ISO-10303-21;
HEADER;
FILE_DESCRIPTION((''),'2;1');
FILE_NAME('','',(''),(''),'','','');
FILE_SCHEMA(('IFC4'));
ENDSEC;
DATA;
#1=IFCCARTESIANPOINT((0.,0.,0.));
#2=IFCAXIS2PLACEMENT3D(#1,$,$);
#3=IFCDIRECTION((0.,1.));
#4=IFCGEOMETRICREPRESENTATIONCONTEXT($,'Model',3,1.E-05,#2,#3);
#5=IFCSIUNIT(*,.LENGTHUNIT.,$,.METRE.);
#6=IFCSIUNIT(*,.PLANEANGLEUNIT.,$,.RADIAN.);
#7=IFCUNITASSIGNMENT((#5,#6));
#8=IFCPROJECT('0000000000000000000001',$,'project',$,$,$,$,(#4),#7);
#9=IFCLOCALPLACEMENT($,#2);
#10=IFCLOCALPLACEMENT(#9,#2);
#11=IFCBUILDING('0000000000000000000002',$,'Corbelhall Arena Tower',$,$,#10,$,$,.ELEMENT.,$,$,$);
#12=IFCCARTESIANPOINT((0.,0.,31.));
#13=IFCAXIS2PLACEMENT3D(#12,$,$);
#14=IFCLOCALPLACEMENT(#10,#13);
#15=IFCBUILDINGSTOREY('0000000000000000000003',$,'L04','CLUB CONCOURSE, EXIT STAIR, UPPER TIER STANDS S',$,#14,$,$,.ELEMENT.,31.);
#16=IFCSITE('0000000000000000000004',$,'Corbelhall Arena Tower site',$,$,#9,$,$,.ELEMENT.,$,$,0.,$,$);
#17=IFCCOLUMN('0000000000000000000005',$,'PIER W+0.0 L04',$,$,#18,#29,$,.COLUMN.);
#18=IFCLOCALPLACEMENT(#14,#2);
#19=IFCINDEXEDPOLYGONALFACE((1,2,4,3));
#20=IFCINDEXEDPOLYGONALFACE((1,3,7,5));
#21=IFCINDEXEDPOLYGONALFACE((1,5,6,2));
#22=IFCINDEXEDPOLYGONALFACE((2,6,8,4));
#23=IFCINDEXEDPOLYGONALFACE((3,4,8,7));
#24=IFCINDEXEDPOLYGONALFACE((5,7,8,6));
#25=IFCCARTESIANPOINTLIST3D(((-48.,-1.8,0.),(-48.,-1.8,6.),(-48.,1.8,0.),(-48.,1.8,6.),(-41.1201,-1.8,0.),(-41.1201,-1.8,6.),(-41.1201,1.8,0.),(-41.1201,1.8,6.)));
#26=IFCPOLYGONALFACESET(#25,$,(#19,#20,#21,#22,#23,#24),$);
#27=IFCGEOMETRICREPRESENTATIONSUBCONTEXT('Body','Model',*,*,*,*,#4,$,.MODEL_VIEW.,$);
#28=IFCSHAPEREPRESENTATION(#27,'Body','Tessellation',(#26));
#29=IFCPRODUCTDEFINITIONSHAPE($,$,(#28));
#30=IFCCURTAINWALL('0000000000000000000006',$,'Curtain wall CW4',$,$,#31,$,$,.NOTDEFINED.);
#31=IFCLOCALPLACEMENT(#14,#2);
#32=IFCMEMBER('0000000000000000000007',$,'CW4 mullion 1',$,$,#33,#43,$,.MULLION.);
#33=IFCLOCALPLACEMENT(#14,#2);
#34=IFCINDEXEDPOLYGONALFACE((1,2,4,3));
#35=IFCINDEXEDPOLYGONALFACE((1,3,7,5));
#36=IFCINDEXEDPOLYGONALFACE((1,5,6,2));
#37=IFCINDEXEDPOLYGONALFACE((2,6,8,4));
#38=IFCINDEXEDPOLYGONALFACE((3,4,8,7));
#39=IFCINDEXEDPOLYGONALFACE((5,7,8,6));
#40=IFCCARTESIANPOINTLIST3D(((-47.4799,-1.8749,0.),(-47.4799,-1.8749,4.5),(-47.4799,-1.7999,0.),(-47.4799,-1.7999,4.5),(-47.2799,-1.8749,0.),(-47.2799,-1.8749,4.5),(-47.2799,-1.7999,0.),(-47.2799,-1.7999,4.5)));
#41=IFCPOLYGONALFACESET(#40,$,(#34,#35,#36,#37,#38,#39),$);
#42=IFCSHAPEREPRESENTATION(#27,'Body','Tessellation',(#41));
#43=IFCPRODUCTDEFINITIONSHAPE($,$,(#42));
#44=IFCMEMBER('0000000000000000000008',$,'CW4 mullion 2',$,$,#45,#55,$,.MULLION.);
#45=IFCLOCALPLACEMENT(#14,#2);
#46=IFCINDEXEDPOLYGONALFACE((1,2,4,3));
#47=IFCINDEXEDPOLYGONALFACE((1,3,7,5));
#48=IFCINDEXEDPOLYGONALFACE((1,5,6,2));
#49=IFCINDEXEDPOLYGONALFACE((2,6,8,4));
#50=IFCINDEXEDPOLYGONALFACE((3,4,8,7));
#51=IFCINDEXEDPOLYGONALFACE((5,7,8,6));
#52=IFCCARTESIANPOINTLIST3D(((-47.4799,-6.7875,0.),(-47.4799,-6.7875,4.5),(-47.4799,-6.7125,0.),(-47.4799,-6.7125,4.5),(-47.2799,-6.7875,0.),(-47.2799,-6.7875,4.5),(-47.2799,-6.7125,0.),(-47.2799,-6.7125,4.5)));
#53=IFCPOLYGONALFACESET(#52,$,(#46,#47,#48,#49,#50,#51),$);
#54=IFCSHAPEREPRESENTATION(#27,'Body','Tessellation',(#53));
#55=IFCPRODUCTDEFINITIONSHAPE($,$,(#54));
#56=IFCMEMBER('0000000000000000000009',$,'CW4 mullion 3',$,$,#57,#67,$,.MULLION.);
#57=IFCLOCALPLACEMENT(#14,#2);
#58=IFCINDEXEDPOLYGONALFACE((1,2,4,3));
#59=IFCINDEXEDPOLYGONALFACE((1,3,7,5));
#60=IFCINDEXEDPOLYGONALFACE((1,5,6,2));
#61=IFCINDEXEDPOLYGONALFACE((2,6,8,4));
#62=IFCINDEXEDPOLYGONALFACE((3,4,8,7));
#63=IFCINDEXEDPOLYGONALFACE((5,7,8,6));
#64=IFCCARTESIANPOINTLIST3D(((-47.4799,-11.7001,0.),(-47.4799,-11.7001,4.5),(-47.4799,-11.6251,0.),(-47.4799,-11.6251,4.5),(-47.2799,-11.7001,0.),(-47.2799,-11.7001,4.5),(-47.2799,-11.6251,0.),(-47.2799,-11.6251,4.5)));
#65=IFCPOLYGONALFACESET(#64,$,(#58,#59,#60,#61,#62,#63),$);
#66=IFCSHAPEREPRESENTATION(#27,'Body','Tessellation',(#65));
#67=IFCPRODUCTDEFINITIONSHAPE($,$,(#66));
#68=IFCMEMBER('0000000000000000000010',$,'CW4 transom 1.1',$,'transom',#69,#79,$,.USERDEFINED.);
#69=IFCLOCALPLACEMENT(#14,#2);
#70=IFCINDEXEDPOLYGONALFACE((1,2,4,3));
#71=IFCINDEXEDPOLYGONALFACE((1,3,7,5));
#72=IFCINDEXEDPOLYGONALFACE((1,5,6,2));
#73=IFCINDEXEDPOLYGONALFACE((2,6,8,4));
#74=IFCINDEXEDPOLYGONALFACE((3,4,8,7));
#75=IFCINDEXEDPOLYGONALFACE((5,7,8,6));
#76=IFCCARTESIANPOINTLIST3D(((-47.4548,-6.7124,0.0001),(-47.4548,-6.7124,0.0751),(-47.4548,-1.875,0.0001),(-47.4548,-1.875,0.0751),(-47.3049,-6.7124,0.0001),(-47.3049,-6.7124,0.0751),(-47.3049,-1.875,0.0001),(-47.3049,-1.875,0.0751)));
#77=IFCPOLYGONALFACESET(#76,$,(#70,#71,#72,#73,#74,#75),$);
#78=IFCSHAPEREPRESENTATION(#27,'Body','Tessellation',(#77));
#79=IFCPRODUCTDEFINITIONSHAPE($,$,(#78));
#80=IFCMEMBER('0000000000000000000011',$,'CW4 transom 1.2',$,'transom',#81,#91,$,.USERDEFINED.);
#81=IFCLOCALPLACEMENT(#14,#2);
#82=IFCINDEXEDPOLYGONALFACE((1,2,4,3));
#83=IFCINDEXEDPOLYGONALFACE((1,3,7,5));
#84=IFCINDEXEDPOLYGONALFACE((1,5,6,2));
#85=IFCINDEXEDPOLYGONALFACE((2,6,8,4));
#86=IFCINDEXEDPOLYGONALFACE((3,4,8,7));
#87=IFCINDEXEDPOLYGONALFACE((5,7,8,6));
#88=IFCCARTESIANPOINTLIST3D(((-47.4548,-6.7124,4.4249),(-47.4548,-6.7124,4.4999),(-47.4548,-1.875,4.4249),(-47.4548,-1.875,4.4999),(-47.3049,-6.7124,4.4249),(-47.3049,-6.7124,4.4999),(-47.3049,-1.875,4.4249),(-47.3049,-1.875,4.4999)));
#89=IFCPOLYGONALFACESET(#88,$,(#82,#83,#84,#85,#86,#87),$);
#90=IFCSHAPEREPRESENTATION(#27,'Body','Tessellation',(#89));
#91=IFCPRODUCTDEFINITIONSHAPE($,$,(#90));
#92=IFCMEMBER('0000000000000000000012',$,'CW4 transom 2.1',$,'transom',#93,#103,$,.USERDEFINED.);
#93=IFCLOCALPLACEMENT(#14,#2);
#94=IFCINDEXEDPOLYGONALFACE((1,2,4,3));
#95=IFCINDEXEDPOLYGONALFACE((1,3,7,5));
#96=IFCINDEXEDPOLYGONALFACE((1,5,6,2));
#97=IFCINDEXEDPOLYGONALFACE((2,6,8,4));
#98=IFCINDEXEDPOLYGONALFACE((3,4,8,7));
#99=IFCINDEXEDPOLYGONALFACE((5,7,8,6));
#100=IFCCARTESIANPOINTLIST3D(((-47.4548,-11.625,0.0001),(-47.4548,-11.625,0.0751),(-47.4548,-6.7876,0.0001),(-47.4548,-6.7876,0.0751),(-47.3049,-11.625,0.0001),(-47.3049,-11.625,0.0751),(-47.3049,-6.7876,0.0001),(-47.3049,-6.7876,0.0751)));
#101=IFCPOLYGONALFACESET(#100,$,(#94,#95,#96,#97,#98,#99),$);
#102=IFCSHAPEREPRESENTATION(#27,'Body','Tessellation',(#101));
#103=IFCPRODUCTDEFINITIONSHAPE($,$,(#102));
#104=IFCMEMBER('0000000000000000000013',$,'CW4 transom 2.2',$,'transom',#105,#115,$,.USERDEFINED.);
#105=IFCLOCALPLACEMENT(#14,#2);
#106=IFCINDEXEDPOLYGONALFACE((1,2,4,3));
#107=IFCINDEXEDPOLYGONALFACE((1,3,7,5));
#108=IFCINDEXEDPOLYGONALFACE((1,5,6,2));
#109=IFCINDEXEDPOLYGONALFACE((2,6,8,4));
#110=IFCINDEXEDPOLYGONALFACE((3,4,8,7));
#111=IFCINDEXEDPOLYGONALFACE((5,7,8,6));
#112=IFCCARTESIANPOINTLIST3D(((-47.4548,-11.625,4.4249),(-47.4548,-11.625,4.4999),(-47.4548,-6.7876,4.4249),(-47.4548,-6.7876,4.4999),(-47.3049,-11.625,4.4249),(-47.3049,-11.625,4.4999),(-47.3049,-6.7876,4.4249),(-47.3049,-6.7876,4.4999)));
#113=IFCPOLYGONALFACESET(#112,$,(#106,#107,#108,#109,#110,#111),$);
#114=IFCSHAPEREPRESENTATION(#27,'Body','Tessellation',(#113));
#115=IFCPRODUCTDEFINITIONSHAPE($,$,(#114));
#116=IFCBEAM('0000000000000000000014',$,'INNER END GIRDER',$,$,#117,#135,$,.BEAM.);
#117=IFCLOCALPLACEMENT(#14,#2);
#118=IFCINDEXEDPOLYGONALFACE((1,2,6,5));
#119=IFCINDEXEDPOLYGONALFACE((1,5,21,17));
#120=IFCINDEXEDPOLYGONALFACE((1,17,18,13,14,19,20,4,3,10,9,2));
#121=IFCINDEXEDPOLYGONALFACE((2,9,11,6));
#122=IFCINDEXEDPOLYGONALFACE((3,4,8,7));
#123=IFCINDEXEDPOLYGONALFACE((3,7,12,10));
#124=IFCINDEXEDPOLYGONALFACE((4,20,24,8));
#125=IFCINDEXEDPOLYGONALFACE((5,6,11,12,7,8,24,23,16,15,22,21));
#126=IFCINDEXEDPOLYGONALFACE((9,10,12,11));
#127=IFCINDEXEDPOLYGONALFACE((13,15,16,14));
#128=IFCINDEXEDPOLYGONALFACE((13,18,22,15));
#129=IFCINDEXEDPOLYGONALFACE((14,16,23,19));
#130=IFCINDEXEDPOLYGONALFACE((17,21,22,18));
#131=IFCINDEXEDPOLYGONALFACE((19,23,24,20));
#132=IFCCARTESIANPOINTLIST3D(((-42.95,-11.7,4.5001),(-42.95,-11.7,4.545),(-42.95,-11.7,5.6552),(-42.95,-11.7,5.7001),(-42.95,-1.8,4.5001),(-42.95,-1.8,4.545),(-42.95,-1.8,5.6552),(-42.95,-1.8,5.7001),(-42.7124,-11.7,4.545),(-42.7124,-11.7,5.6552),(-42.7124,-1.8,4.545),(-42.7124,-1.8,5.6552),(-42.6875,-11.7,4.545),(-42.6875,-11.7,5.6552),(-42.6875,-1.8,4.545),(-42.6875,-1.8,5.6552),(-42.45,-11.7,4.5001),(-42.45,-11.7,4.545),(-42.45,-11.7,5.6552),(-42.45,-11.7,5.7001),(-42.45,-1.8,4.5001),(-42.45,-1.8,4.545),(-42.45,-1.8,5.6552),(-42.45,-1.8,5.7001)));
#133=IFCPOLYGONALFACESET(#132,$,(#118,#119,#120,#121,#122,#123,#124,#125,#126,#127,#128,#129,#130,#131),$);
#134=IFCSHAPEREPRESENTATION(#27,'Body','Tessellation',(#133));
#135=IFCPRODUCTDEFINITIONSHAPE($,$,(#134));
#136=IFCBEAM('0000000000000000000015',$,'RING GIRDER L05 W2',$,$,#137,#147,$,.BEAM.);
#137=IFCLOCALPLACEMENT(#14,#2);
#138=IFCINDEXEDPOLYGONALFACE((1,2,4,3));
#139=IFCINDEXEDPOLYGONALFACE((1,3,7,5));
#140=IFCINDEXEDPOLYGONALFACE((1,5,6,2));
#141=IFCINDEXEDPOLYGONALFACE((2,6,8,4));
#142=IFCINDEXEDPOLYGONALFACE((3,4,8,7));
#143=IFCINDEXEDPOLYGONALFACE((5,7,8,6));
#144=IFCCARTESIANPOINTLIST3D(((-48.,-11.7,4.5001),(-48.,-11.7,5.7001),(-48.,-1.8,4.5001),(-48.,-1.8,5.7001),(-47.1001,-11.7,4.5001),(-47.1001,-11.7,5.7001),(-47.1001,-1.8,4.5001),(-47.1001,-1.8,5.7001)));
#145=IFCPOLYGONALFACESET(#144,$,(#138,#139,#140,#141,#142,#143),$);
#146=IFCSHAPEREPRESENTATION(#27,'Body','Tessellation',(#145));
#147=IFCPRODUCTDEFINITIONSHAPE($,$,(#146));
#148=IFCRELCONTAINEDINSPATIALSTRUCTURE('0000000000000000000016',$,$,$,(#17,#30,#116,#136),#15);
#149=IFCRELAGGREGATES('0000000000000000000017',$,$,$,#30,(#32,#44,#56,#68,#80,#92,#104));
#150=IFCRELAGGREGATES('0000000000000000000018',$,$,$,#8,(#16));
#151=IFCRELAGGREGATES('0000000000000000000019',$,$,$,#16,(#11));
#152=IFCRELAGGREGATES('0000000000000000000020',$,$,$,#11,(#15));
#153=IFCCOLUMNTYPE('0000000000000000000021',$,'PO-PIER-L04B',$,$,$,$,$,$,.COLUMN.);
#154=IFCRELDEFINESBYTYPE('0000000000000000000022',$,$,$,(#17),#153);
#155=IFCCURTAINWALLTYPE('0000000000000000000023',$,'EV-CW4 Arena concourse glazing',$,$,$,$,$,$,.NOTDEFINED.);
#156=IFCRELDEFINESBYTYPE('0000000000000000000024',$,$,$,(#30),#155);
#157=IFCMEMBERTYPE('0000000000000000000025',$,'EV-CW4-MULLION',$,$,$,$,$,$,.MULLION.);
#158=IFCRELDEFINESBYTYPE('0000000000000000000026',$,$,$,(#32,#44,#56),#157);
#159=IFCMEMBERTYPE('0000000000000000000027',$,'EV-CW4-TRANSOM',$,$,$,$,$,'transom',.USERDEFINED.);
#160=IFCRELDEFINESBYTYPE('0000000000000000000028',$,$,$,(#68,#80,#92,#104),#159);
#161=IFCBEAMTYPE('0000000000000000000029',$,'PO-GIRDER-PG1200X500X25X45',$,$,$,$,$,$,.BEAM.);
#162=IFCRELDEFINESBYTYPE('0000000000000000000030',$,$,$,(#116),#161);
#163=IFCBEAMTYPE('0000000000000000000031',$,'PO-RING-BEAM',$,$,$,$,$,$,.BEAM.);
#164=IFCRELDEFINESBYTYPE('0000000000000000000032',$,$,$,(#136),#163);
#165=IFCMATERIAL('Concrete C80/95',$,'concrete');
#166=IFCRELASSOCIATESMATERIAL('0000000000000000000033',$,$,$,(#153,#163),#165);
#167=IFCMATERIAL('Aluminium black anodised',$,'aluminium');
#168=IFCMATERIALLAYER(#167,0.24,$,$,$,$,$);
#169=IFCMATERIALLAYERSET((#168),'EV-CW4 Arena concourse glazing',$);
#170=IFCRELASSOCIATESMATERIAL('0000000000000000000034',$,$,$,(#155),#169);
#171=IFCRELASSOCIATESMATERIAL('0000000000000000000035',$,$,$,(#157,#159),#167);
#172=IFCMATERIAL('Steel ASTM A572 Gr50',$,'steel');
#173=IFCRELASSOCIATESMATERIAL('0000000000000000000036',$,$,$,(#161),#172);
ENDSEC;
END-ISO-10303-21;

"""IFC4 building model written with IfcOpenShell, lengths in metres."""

from ifc_helpers import new_model, si_unit, direction, frame, origin, origin_2d, place, context, subcontext, project, spatial, rectangle, i_section, extrude, material, layer, layer_set, material_profile, profile_set, type_object, element, aggregate, save


model = new_model("IFC4")

# Units and contexts
model_context = context("Model", 3, precision=1e-05, world=origin(), true_north=direction((0.0, 1.0)))
body_context = subcontext(model_context, "Body", "Model", "MODEL_VIEW")
ifc_project = project(units=[si_unit("LENGTHUNIT", "METRE"), si_unit("PLANEANGLEUNIT", "RADIAN")], contexts=[model_context])

# Site, building, storey
site_placement = place(None, origin())
site = spatial("IfcSite", under=ifc_project, at=site_placement, Name="Corbelhall Arena Tower site", CompositionType="ELEMENT", RefElevation=0.0)
building_placement = place(site_placement, origin())
building = spatial("IfcBuilding", under=site, at=building_placement, Name="Corbelhall Arena Tower", CompositionType="ELEMENT")
storey_placement = place(building_placement, frame((0.0, 0.0, 31.0)))
storey = spatial("IfcBuildingStorey", under=building, at=storey_placement, Name="L04", Description="CLUB CONCOURSE, EXIT STAIR, UPPER TIER STANDS S", CompositionType="ELEMENT", Elevation=31.0)

# Column
ifc_material_1 = material(Name="Concrete C80/95", Category="concrete")
ifc_material_profile_1 = material_profile(ifc_material_1, rectangle(XDim=3.6001, YDim=6.8799, at=origin_2d()))
ifc_profile_set_1 = profile_set([ifc_material_profile_1], Name="Concrete C80/95")
column_type = type_object("IfcColumnType", Name="PO-PIER-L04B", PredefinedType="COLUMN", material=ifc_profile_set_1)
column_placement = place(storey_placement, frame((-44.5601, 0.0, 0.0), z_axis=(0.0, 0.0, 1.0), x_axis=(0.0, -1.0, 0.0)))
element("IfcColumn", 1, at=column_placement, inside=storey, type_object=column_type, Name="PIER W+0.0 L04", PredefinedType="COLUMN", context=body_context, shape_type="SweptSolid", body=[
    extrude(rectangle(XDim=3.6001, YDim=6.8799, at=origin_2d()), origin(), (0.0, 0.0, 1.0), 6.0),
])

# Curtain wall, members
ifc_material_2 = material(Name="Aluminium black anodised", Category="aluminium")
ifc_layer_1 = layer(ifc_material_2, 0.24)
ifc_layer_set_1 = layer_set([ifc_layer_1], Name="EV-CW4 Arena concourse glazing")
curtain_wall_type = type_object("IfcCurtainWallType", Name="EV-CW4 Arena concourse glazing", PredefinedType="NOTDEFINED", material=ifc_layer_set_1)
curtain_wall_placement = place(storey_placement, origin())
curtain_wall = element("IfcCurtainWall", 2, at=curtain_wall_placement, inside=storey, type_object=curtain_wall_type, Name="Curtain wall CW4", PredefinedType="NOTDEFINED")
ifc_material_profile_2 = material_profile(ifc_material_2, rectangle(XDim=0.2, YDim=0.075, at=origin_2d()))
ifc_profile_set_2 = profile_set([ifc_material_profile_2], Name="Aluminium black anodised")
member_type_1 = type_object("IfcMemberType", Name="EV-CW4-MULLION", PredefinedType="MULLION", material=ifc_profile_set_2)
member_1_placement = place(storey_placement, frame((-47.3799, -1.8374, 0.0), z_axis=(0.0, 0.0, 1.0), x_axis=(1.0, 0.0, 0.0)))
member_1 = element("IfcMember", 3, at=member_1_placement, type_object=member_type_1, Name="CW4 mullion 1", PredefinedType="MULLION", context=body_context, shape_type="SweptSolid", body=[
    extrude(rectangle(XDim=0.2, YDim=0.075, at=origin_2d()), origin(), (0.0, 0.0, 1.0), 4.5),
])
member_2_placement = place(storey_placement, frame((-47.3799, -6.75, 0.0), z_axis=(0.0, 0.0, 1.0), x_axis=(1.0, 0.0, 0.0)))
member_2 = element("IfcMember", 4, at=member_2_placement, type_object=member_type_1, Name="CW4 mullion 2", PredefinedType="MULLION", context=body_context, shape_type="SweptSolid", body=[
    extrude(rectangle(XDim=0.2, YDim=0.075, at=origin_2d()), origin(), (0.0, 0.0, 1.0), 4.5),
])
member_3_placement = place(storey_placement, frame((-47.3799, -11.6626, 0.0), z_axis=(0.0, 0.0, 1.0), x_axis=(1.0, 0.0, 0.0)))
member_3 = element("IfcMember", 5, at=member_3_placement, type_object=member_type_1, Name="CW4 mullion 3", PredefinedType="MULLION", context=body_context, shape_type="SweptSolid", body=[
    extrude(rectangle(XDim=0.2, YDim=0.075, at=origin_2d()), origin(), (0.0, 0.0, 1.0), 4.5),
])
ifc_material_profile_3 = material_profile(ifc_material_2, rectangle(XDim=0.1499, YDim=0.075, at=origin_2d()))
ifc_profile_set_3 = profile_set([ifc_material_profile_3], Name="Aluminium black anodised")
member_type_2 = type_object("IfcMemberType", Name="EV-CW4-TRANSOM", ElementType="transom", PredefinedType="USERDEFINED", material=ifc_profile_set_3)
member_4_placement = place(storey_placement, frame((-47.3799, -1.875, 0.0376), z_axis=(0.0, -1.0, 0.0), x_axis=(1.0, 0.0, 0.0)))
member_4 = element("IfcMember", 6, at=member_4_placement, type_object=member_type_2, Name="CW4 transom 1.1", ObjectType="transom", PredefinedType="USERDEFINED", context=body_context, shape_type="SweptSolid", body=[
    extrude(rectangle(XDim=0.1499, YDim=0.075, at=origin_2d()), origin(), (0.0, 0.0, 1.0), 4.8374),
])
member_5_placement = place(storey_placement, frame((-47.3799, -1.875, 4.4624), z_axis=(0.0, -1.0, 0.0), x_axis=(1.0, 0.0, 0.0)))
member_5 = element("IfcMember", 7, at=member_5_placement, type_object=member_type_2, Name="CW4 transom 1.2", ObjectType="transom", PredefinedType="USERDEFINED", context=body_context, shape_type="SweptSolid", body=[
    extrude(rectangle(XDim=0.1499, YDim=0.075, at=origin_2d()), origin(), (0.0, 0.0, 1.0), 4.8374),
])
member_6_placement = place(storey_placement, frame((-47.3799, -6.7876, 0.0376), z_axis=(0.0, -1.0, 0.0), x_axis=(1.0, 0.0, 0.0)))
member_6 = element("IfcMember", 8, at=member_6_placement, type_object=member_type_2, Name="CW4 transom 2.1", ObjectType="transom", PredefinedType="USERDEFINED", context=body_context, shape_type="SweptSolid", body=[
    extrude(rectangle(XDim=0.1499, YDim=0.075, at=origin_2d()), origin(), (0.0, 0.0, 1.0), 4.8374),
])
member_7_placement = place(storey_placement, frame((-47.3799, -6.7876, 4.4624), z_axis=(0.0, -1.0, 0.0), x_axis=(1.0, 0.0, 0.0)))
member_7 = element("IfcMember", 9, at=member_7_placement, type_object=member_type_2, Name="CW4 transom 2.2", ObjectType="transom", PredefinedType="USERDEFINED", context=body_context, shape_type="SweptSolid", body=[
    extrude(rectangle(XDim=0.1499, YDim=0.075, at=origin_2d()), origin(), (0.0, 0.0, 1.0), 4.8374),
])

# Beams
ifc_material_3 = material(Name="Steel ASTM A572 Gr50", Category="steel")
ifc_material_profile_4 = material_profile(ifc_material_3, i_section(OverallWidth=0.5, OverallDepth=1.2, WebThickness=0.0249, FlangeThickness=0.0449, at=origin_2d()))
ifc_profile_set_4 = profile_set([ifc_material_profile_4], Name="Steel ASTM A572 Gr50")
beam_type_1 = type_object("IfcBeamType", Name="PO-GIRDER-PG1200X500X25X45", PredefinedType="BEAM", material=ifc_profile_set_4)
beam_1_placement = place(storey_placement, frame((-42.7, -11.7, 5.1001), z_axis=(0.0, 1.0, 0.0), x_axis=(-1.0, 0.0, 0.0)))
element("IfcBeam", 10, at=beam_1_placement, inside=storey, type_object=beam_type_1, Name="INNER END GIRDER", PredefinedType="BEAM", context=body_context, shape_type="SweptSolid", body=[
    extrude(i_section(OverallWidth=0.5, OverallDepth=1.2, WebThickness=0.0249, FlangeThickness=0.0449, at=origin_2d()), origin(), (0.0, 0.0, 1.0), 9.8999),
])
ifc_material_profile_5 = material_profile(ifc_material_1, rectangle(XDim=0.8999, YDim=1.2, at=origin_2d()))
ifc_profile_set_5 = profile_set([ifc_material_profile_5], Name="Concrete C80/95")
beam_type_2 = type_object("IfcBeamType", Name="PO-RING-BEAM", PredefinedType="BEAM", material=ifc_profile_set_5)
beam_2_placement = place(storey_placement, frame((-47.55, -11.7, 5.1001), z_axis=(0.0, 1.0, 0.0), x_axis=(-1.0, 0.0, 0.0)))
element("IfcBeam", 11, at=beam_2_placement, inside=storey, type_object=beam_type_2, Name="RING GIRDER L05 W2", PredefinedType="BEAM", context=body_context, shape_type="SweptSolid", body=[
    extrude(rectangle(XDim=0.8999, YDim=1.2, at=origin_2d()), origin(), (0.0, 0.0, 1.0), 9.8999),
])

aggregate(curtain_wall, [member_1, member_2, member_3, member_4, member_5, member_6, member_7])

save(model, "model.ifc")
